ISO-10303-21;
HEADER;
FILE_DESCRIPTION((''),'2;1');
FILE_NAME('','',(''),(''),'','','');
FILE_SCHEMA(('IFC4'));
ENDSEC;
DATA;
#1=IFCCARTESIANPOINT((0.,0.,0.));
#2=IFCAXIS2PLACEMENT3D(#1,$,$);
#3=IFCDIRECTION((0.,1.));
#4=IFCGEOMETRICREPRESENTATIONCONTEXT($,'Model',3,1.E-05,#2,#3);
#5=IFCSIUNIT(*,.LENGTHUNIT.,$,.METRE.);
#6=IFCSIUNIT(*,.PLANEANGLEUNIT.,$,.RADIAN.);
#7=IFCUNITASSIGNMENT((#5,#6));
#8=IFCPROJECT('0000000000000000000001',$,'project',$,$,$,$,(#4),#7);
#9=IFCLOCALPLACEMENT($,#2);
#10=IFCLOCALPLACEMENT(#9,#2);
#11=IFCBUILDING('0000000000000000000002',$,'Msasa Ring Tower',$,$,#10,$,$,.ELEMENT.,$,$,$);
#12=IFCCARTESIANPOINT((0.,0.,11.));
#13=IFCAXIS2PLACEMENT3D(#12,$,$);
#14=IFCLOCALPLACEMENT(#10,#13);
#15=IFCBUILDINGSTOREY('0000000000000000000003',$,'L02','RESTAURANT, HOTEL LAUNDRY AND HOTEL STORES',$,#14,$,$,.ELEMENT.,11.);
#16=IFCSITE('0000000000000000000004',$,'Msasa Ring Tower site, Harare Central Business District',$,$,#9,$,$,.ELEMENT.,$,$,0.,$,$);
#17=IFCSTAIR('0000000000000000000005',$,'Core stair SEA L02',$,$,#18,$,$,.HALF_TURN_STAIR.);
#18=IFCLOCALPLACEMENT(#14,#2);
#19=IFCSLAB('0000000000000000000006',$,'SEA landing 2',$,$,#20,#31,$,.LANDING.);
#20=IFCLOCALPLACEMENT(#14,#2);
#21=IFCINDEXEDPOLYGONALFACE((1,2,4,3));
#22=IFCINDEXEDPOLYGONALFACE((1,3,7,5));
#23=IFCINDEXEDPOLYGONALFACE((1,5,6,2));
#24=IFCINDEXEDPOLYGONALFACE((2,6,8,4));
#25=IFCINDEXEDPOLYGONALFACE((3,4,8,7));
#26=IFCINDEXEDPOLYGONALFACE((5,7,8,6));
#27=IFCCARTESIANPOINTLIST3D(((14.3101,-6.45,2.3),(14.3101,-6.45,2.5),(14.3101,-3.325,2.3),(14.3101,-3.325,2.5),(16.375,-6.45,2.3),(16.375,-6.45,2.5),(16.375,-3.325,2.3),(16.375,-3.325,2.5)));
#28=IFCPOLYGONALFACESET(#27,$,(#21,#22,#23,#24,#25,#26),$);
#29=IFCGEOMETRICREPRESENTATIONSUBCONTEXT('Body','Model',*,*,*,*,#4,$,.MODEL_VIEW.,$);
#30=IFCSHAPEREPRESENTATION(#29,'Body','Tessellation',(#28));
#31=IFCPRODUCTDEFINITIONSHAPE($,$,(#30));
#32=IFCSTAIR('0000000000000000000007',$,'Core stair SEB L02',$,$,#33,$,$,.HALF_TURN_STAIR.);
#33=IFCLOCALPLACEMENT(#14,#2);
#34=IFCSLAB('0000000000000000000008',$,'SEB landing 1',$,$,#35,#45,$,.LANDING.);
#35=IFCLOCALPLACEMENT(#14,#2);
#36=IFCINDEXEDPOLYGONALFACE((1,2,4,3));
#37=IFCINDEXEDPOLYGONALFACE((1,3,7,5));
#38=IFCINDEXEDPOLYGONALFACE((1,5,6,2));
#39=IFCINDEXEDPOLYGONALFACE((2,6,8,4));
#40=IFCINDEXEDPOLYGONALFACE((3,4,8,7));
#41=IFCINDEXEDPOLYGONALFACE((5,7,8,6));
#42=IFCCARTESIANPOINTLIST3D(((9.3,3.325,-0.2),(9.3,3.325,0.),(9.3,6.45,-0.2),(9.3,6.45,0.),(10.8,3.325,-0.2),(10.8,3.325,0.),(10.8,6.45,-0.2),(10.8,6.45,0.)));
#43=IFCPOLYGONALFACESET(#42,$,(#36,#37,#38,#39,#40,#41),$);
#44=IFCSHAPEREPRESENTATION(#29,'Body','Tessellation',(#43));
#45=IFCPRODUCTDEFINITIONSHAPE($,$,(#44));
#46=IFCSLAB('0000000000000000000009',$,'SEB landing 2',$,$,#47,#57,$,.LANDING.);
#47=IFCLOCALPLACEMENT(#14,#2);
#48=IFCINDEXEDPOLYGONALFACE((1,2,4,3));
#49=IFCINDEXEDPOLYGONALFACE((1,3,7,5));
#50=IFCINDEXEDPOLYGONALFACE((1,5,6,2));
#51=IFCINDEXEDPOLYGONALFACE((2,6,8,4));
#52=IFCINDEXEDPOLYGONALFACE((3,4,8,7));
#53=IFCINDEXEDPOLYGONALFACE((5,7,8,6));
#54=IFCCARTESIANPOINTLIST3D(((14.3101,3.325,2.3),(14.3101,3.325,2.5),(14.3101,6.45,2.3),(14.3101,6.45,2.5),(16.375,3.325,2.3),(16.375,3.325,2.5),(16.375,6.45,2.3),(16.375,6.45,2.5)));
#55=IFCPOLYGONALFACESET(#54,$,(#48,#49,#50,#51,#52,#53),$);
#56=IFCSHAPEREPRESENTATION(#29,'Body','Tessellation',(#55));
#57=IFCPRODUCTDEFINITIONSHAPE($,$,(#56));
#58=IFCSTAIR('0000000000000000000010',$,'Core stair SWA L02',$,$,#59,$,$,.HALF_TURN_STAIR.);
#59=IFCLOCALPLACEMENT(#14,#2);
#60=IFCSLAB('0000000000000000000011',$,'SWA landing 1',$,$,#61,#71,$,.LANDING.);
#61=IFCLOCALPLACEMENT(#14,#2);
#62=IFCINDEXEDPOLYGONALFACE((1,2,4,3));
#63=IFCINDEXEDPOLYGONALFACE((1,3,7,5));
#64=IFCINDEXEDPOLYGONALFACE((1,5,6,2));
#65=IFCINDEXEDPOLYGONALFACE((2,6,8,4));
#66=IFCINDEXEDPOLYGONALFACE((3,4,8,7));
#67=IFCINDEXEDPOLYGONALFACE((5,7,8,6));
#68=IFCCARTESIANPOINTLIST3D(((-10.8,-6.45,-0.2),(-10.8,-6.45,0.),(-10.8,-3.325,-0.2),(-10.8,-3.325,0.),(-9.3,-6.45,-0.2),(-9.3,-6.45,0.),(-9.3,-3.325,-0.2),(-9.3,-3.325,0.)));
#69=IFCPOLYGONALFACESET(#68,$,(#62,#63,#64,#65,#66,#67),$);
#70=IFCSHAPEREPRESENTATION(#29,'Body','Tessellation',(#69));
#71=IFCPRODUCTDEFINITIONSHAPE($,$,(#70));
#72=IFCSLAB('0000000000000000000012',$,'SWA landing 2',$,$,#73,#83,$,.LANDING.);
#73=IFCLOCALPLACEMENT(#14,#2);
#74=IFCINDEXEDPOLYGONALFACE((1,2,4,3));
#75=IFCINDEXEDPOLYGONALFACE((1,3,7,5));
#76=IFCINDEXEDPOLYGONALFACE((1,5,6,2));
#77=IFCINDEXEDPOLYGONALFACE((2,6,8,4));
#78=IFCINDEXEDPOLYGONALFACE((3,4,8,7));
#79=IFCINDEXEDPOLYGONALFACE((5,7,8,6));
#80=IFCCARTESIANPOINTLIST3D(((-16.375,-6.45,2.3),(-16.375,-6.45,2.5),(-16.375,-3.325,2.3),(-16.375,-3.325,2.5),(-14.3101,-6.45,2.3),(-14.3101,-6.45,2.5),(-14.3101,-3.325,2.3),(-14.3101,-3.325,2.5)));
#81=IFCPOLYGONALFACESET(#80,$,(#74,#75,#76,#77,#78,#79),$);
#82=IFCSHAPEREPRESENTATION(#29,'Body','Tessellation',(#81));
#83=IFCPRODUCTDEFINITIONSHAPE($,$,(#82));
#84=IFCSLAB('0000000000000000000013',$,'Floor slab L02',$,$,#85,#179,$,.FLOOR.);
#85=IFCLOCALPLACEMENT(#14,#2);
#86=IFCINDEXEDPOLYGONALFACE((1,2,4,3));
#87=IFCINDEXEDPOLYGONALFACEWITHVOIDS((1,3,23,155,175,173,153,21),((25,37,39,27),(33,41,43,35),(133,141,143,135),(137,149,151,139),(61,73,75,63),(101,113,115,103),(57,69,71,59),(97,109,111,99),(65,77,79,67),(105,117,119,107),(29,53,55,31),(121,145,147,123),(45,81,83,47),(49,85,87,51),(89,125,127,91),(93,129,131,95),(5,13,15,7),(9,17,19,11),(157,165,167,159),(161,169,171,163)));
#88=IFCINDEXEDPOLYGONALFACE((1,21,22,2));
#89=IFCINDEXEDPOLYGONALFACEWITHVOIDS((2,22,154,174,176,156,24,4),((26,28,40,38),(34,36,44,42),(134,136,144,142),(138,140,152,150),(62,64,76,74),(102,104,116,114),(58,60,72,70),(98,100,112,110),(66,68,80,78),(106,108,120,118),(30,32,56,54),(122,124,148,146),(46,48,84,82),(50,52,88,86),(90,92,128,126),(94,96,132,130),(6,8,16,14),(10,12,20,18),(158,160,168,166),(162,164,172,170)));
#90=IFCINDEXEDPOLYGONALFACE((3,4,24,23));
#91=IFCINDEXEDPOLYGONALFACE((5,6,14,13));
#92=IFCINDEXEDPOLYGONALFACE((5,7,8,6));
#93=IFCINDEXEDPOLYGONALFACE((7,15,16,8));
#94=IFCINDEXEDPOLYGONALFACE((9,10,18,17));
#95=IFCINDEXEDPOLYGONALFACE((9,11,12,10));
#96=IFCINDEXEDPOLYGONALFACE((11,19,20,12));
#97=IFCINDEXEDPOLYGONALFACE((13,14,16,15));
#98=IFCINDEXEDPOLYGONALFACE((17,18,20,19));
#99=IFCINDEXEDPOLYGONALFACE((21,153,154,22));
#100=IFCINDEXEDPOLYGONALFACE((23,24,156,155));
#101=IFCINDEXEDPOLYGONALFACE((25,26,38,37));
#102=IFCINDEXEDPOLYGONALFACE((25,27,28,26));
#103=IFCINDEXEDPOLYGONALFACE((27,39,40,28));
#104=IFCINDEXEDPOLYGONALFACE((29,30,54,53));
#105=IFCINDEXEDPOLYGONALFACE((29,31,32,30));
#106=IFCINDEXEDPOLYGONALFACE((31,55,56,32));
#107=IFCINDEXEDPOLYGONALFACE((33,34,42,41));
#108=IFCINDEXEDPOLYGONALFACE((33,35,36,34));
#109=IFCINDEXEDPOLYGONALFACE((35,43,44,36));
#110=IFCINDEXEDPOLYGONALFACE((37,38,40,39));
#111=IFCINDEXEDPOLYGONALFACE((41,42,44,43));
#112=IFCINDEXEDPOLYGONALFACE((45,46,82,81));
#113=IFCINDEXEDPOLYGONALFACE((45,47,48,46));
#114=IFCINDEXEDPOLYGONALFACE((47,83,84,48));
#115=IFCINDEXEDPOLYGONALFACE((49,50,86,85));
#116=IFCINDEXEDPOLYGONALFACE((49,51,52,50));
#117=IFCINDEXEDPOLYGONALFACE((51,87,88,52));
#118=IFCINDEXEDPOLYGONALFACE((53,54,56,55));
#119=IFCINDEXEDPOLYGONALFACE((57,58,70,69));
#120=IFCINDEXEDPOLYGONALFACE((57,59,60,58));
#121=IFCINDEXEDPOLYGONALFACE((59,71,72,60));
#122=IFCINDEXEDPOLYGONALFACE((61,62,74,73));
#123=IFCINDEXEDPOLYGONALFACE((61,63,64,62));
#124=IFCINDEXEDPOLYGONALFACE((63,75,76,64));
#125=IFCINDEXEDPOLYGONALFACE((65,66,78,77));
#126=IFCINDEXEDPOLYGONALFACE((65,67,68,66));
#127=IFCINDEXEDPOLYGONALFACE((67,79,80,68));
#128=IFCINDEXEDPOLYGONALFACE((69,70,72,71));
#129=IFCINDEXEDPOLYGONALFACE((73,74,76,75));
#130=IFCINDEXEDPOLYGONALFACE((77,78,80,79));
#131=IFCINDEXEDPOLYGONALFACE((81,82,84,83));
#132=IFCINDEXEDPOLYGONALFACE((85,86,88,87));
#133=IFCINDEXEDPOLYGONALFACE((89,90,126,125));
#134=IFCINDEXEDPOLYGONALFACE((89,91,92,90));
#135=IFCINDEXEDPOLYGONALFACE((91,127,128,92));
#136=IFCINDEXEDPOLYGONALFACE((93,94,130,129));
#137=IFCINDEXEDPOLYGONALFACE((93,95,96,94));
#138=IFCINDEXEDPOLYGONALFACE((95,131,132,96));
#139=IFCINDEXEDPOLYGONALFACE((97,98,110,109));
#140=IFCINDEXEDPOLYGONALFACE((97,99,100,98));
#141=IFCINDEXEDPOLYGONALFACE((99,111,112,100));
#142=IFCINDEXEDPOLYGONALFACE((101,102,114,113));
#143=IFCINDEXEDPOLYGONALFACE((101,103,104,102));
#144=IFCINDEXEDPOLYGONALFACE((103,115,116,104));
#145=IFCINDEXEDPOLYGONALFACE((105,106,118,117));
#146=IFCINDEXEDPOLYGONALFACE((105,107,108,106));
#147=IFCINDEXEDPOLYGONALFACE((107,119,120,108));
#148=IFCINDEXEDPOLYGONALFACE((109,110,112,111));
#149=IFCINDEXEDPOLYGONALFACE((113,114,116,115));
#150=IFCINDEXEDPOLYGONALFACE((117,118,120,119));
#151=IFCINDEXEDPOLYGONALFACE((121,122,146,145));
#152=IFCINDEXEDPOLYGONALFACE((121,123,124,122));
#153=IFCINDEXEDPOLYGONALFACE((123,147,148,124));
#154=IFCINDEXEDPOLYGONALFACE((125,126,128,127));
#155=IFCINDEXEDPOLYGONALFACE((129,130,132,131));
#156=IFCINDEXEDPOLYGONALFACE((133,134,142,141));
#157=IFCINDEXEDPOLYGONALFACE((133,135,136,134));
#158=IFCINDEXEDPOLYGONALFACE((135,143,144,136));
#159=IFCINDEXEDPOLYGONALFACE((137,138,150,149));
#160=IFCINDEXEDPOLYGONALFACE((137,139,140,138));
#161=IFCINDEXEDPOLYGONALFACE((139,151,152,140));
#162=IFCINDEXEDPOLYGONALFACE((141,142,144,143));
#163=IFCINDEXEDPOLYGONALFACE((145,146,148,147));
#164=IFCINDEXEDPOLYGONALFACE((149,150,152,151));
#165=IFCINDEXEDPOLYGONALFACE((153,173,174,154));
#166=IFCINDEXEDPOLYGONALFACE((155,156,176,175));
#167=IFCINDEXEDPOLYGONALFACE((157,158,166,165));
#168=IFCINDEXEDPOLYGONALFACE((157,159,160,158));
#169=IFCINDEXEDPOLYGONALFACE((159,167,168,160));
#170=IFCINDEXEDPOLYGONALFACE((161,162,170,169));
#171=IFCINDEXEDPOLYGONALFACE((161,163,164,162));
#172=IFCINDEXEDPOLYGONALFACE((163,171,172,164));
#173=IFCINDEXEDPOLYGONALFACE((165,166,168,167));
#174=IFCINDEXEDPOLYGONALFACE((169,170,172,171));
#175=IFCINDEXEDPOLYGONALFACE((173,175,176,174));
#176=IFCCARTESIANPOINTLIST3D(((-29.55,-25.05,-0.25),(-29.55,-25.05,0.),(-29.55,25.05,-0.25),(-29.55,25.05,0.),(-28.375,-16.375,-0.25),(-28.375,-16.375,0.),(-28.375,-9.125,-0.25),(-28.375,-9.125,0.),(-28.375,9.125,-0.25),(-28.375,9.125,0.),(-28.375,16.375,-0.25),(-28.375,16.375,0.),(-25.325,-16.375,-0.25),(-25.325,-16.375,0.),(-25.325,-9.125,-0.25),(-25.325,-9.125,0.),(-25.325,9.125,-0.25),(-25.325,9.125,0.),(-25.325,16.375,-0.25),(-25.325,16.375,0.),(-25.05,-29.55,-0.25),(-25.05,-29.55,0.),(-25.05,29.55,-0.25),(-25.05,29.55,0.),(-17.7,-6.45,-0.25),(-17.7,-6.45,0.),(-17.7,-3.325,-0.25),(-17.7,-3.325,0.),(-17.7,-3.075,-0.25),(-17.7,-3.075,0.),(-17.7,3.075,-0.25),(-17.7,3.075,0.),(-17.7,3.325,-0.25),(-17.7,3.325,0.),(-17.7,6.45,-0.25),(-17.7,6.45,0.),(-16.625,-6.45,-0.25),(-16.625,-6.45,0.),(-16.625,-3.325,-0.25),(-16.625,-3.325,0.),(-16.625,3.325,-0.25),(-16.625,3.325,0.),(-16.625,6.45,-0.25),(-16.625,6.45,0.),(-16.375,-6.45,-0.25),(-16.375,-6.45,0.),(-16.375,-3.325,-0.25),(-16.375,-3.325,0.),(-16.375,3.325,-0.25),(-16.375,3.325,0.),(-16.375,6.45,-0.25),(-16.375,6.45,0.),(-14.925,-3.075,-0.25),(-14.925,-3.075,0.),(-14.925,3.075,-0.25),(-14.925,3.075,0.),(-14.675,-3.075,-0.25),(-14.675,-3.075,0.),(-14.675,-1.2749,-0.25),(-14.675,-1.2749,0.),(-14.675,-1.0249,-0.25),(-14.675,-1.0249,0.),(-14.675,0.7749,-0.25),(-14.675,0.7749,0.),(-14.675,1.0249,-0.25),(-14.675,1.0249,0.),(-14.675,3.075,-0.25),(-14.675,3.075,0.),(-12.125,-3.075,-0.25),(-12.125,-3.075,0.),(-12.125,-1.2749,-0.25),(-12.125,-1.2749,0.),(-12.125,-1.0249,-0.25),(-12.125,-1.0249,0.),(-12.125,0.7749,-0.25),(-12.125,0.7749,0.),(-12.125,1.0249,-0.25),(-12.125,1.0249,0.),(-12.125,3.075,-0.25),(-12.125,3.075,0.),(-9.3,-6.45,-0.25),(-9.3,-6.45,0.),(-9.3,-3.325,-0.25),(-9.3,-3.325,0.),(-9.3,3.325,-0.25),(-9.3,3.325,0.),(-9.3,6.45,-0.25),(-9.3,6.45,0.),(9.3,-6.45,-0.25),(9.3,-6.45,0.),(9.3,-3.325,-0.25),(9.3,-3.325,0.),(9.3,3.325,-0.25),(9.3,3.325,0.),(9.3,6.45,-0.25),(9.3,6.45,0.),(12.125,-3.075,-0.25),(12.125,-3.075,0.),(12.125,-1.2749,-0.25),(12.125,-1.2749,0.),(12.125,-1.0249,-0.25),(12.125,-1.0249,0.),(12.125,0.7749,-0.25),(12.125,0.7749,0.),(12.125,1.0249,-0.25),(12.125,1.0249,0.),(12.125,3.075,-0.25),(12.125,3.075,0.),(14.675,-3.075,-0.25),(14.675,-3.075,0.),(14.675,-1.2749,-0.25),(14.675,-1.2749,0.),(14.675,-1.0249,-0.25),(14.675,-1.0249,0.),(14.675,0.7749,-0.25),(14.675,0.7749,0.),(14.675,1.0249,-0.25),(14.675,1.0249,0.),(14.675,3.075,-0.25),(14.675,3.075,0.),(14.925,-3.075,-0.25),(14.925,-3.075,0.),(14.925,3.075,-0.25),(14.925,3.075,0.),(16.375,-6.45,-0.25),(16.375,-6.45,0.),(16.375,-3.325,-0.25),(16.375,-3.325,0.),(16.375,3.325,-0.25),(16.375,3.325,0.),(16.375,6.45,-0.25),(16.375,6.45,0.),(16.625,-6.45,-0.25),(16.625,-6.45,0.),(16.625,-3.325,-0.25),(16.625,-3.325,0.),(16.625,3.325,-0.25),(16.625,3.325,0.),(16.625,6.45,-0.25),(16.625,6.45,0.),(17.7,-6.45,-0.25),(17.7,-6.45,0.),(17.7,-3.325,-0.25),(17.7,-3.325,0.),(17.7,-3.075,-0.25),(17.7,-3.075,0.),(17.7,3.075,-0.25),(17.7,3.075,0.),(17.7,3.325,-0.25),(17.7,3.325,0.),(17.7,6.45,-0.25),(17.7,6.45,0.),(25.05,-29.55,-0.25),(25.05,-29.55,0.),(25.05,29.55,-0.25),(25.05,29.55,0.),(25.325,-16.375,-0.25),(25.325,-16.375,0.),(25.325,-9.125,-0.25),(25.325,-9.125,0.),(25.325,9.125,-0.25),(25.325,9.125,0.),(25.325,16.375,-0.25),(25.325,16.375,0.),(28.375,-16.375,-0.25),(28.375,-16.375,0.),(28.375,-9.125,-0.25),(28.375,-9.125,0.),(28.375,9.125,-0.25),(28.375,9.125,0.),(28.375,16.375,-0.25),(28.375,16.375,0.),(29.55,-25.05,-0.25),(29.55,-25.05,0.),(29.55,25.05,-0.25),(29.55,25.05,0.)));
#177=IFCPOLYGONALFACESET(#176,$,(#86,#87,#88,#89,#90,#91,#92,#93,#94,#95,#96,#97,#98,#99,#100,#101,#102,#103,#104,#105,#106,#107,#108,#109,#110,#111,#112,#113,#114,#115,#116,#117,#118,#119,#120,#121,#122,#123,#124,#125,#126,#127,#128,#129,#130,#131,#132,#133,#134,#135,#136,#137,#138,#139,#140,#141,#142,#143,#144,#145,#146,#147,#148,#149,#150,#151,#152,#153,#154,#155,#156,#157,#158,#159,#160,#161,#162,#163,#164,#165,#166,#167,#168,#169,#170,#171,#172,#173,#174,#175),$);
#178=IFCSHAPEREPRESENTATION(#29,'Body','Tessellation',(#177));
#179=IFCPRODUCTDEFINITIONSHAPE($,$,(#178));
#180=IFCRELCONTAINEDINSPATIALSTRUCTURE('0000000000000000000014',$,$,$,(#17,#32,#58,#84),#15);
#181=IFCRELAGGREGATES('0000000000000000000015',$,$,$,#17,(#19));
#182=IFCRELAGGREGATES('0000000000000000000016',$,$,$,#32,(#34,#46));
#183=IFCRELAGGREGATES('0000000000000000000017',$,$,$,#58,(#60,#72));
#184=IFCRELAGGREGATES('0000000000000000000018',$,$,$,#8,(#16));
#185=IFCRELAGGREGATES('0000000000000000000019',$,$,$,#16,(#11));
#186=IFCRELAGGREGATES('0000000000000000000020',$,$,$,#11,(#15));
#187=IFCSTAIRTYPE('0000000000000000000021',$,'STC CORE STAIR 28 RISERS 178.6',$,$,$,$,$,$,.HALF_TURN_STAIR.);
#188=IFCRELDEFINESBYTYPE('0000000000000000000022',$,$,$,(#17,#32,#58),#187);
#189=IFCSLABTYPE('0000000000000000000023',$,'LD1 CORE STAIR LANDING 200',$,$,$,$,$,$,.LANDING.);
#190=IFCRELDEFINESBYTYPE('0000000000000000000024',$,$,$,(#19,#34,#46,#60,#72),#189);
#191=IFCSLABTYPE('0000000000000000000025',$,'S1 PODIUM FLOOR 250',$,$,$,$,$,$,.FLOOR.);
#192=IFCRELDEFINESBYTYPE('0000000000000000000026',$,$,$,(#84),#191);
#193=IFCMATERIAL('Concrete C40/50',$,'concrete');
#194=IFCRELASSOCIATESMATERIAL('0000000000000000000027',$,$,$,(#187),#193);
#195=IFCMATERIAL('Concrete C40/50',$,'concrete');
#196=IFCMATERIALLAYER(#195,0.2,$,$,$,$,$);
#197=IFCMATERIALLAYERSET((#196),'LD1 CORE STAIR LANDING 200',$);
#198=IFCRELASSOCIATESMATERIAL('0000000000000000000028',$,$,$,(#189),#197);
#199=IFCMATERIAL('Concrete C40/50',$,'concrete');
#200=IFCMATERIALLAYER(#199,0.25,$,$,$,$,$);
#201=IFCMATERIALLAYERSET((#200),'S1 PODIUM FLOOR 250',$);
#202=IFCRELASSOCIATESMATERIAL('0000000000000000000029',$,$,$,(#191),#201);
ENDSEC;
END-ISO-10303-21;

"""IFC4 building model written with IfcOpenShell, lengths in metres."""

from ifc_helpers import new_model, si_unit, direction, frame, origin, place, context, subcontext, project, spatial, polyline, outline, extrude, material, layer, layer_set, type_object, element, aggregate, save


model = new_model("IFC4")

# Units and contexts
model_context = context("Model", 3, precision=1e-05, world=origin(), true_north=direction((0.0, 1.0)))
body_context = subcontext(model_context, "Body", "Model", "MODEL_VIEW")
ifc_project = project(units=[si_unit("LENGTHUNIT", "METRE"), si_unit("PLANEANGLEUNIT", "RADIAN")], contexts=[model_context])

# Site, building, storey
site_placement = place(None, origin())
site = spatial("IfcSite", under=ifc_project, at=site_placement, Name="Msasa Ring Tower site, Harare Central Business District", CompositionType="ELEMENT", RefElevation=0.0)
building_placement = place(site_placement, origin())
building = spatial("IfcBuilding", under=site, at=building_placement, Name="Msasa Ring Tower", CompositionType="ELEMENT")
storey_placement = place(building_placement, frame((0.0, 0.0, 11.0)))
storey = spatial("IfcBuildingStorey", under=building, at=storey_placement, Name="L02", Description="RESTAURANT, HOTEL LAUNDRY AND HOTEL STORES", CompositionType="ELEMENT", Elevation=11.0)

# Stairs, slabs
ifc_material_1 = material(Name="Concrete C40/50", Category="concrete")
stair_type = type_object("IfcStairType", Name="STC CORE STAIR 28 RISERS 178.6", PredefinedType="HALF_TURN_STAIR", material=ifc_material_1)
stair_1_placement = place(storey_placement, origin())
stair_1 = element("IfcStair", 1, at=stair_1_placement, inside=storey, type_object=stair_type, Name="Core stair SEA L02", PredefinedType="HALF_TURN_STAIR")
ifc_material_2 = material(Name="Concrete C40/50", Category="concrete")
ifc_layer_1 = layer(ifc_material_2, 0.2)
ifc_layer_set_1 = layer_set([ifc_layer_1], Name="LD1 CORE STAIR LANDING 200")
slab_type_1 = type_object("IfcSlabType", Name="LD1 CORE STAIR LANDING 200", PredefinedType="LANDING", material=ifc_layer_set_1)
slab_1_placement = place(storey_placement, frame((0.0, 0.0, 2.3)))
slab_1 = element("IfcSlab", 2, at=slab_1_placement, type_object=slab_type_1, Name="SEA landing 2", PredefinedType="LANDING", context=body_context, shape_type="SweptSolid", body=[
    extrude(outline(polyline([(14.3101, -6.45), (16.375, -6.45), (16.375, -3.325), (14.3101, -3.325), (14.3101, -6.45)])), origin(), (0.0, 0.0, 1.0), 0.2),
])
aggregate(stair_1, [slab_1])
stair_2_placement = place(storey_placement, origin())
stair_2 = element("IfcStair", 3, at=stair_2_placement, inside=storey, type_object=stair_type, Name="Core stair SEB L02", PredefinedType="HALF_TURN_STAIR")
slab_2_placement = place(storey_placement, frame((0.0, 0.0, -0.2)))
slab_2 = element("IfcSlab", 4, at=slab_2_placement, type_object=slab_type_1, Name="SEB landing 1", PredefinedType="LANDING", context=body_context, shape_type="SweptSolid", body=[
    extrude(outline(polyline([(9.3, 3.325), (10.8, 3.325), (10.8, 6.45), (9.3, 6.45), (9.3, 3.325)])), origin(), (0.0, 0.0, 1.0), 0.2),
])
slab_3_placement = place(storey_placement, frame((0.0, 0.0, 2.3)))
slab_3 = element("IfcSlab", 5, at=slab_3_placement, type_object=slab_type_1, Name="SEB landing 2", PredefinedType="LANDING", context=body_context, shape_type="SweptSolid", body=[
    extrude(outline(polyline([(14.3101, 3.325), (16.375, 3.325), (16.375, 6.45), (14.3101, 6.45), (14.3101, 3.325)])), origin(), (0.0, 0.0, 1.0), 0.2),
])
aggregate(stair_2, [slab_2, slab_3])
stair_3_placement = place(storey_placement, origin())
stair_3 = element("IfcStair", 6, at=stair_3_placement, inside=storey, type_object=stair_type, Name="Core stair SWA L02", PredefinedType="HALF_TURN_STAIR")
slab_4_placement = place(storey_placement, frame((0.0, 0.0, -0.2)))
slab_4 = element("IfcSlab", 7, at=slab_4_placement, type_object=slab_type_1, Name="SWA landing 1", PredefinedType="LANDING", context=body_context, shape_type="SweptSolid", body=[
    extrude(outline(polyline([(-10.8, -6.45), (-9.3, -6.45), (-9.3, -3.325), (-10.8, -3.325), (-10.8, -6.45)])), origin(), (0.0, 0.0, 1.0), 0.2),
])
slab_5_placement = place(storey_placement, frame((0.0, 0.0, 2.3)))
slab_5 = element("IfcSlab", 8, at=slab_5_placement, type_object=slab_type_1, Name="SWA landing 2", PredefinedType="LANDING", context=body_context, shape_type="SweptSolid", body=[
    extrude(outline(polyline([(-16.375, -6.45), (-14.3101, -6.45), (-14.3101, -3.325), (-16.375, -3.325), (-16.375, -6.45)])), origin(), (0.0, 0.0, 1.0), 0.2),
])
aggregate(stair_3, [slab_4, slab_5])

# Slab
ifc_material_3 = material(Name="Concrete C40/50", Category="concrete")
ifc_layer_2 = layer(ifc_material_3, 0.25)
ifc_layer_set_2 = layer_set([ifc_layer_2], Name="S1 PODIUM FLOOR 250")
slab_type_2 = type_object("IfcSlabType", Name="S1 PODIUM FLOOR 250", PredefinedType="FLOOR", material=ifc_layer_set_2)
slab_6_placement = place(storey_placement, frame((0.0, 0.0, -0.25)))
element("IfcSlab", 9, at=slab_6_placement, inside=storey, type_object=slab_type_2, Name="Floor slab L02", PredefinedType="FLOOR", context=body_context, shape_type="SweptSolid", body=[
    extrude(outline(polyline([(-25.05, -29.55), (25.05, -29.55), (29.55, -25.05), (29.55, 25.05), (25.05, 29.55), (-25.05, 29.55), (-29.55, 25.05), (-29.55, -25.05), (-25.05, -29.55)]), holes=[polyline([(9.3, -6.45), (16.375, -6.45), (16.375, -3.325), (9.3, -3.325), (9.3, -6.45)]), polyline([(9.3, 3.325), (16.375, 3.325), (16.375, 6.45), (9.3, 6.45), (9.3, 3.325)]), polyline([(12.125, -3.075), (14.675, -3.075), (14.675, -1.2749), (12.125, -1.2749), (12.125, -3.075)]), polyline([(12.125, -1.0249), (14.675, -1.0249), (14.675, 0.7749), (12.125, 0.7749), (12.125, -1.0249)]), polyline([(12.125, 1.0249), (14.675, 1.0249), (14.675, 3.075), (12.125, 3.075), (12.125, 1.0249)]), polyline([(16.625, -6.45), (17.7, -6.45), (17.7, -3.325), (16.625, -3.325), (16.625, -6.45)]), polyline([(16.625, 3.325), (17.7, 3.325), (17.7, 6.45), (16.625, 6.45), (16.625, 3.325)]), polyline([(14.925, -3.075), (17.7, -3.075), (17.7, 3.075), (14.925, 3.075), (14.925, -3.075)]), polyline([(-16.375, -6.45), (-9.3, -6.45), (-9.3, -3.325), (-16.375, -3.325), (-16.375, -6.45)]), polyline([(-16.375, 3.325), (-9.3, 3.325), (-9.3, 6.45), (-16.375, 6.45), (-16.375, 3.325)]), polyline([(-14.675, -3.075), (-12.125, -3.075), (-12.125, -1.2749), (-14.675, -1.2749), (-14.675, -3.075)]), polyline([(-14.675, -1.0249), (-12.125, -1.0249), (-12.125, 0.7749), (-14.675, 0.7749), (-14.675, -1.0249)]), polyline([(-14.675, 1.0249), (-12.125, 1.0249), (-12.125, 3.075), (-14.675, 3.075), (-14.675, 1.0249)]), polyline([(-17.7, -6.45), (-16.625, -6.45), (-16.625, -3.325), (-17.7, -3.325), (-17.7, -6.45)]), polyline([(-17.7, 3.325), (-16.625, 3.325), (-16.625, 6.45), (-17.7, 6.45), (-17.7, 3.325)]), polyline([(-17.7, -3.075), (-14.925, -3.075), (-14.925, 3.075), (-17.7, 3.075), (-17.7, -3.075)]), polyline([(25.325, 9.125), (28.375, 9.125), (28.375, 16.375), (25.325, 16.375), (25.325, 9.125)]), polyline([(25.325, -16.375), (28.375, -16.375), (28.375, -9.125), (25.325, -9.125), (25.325, -16.375)]), polyline([(-28.375, 9.125), (-25.325, 9.125), (-25.325, 16.375), (-28.375, 16.375), (-28.375, 9.125)]), polyline([(-28.375, -16.375), (-25.325, -16.375), (-25.325, -9.125), (-28.375, -9.125), (-28.375, -16.375)])]), origin(), (0.0, 0.0, 1.0), 0.25),
])

save(model, "model.ifc")
